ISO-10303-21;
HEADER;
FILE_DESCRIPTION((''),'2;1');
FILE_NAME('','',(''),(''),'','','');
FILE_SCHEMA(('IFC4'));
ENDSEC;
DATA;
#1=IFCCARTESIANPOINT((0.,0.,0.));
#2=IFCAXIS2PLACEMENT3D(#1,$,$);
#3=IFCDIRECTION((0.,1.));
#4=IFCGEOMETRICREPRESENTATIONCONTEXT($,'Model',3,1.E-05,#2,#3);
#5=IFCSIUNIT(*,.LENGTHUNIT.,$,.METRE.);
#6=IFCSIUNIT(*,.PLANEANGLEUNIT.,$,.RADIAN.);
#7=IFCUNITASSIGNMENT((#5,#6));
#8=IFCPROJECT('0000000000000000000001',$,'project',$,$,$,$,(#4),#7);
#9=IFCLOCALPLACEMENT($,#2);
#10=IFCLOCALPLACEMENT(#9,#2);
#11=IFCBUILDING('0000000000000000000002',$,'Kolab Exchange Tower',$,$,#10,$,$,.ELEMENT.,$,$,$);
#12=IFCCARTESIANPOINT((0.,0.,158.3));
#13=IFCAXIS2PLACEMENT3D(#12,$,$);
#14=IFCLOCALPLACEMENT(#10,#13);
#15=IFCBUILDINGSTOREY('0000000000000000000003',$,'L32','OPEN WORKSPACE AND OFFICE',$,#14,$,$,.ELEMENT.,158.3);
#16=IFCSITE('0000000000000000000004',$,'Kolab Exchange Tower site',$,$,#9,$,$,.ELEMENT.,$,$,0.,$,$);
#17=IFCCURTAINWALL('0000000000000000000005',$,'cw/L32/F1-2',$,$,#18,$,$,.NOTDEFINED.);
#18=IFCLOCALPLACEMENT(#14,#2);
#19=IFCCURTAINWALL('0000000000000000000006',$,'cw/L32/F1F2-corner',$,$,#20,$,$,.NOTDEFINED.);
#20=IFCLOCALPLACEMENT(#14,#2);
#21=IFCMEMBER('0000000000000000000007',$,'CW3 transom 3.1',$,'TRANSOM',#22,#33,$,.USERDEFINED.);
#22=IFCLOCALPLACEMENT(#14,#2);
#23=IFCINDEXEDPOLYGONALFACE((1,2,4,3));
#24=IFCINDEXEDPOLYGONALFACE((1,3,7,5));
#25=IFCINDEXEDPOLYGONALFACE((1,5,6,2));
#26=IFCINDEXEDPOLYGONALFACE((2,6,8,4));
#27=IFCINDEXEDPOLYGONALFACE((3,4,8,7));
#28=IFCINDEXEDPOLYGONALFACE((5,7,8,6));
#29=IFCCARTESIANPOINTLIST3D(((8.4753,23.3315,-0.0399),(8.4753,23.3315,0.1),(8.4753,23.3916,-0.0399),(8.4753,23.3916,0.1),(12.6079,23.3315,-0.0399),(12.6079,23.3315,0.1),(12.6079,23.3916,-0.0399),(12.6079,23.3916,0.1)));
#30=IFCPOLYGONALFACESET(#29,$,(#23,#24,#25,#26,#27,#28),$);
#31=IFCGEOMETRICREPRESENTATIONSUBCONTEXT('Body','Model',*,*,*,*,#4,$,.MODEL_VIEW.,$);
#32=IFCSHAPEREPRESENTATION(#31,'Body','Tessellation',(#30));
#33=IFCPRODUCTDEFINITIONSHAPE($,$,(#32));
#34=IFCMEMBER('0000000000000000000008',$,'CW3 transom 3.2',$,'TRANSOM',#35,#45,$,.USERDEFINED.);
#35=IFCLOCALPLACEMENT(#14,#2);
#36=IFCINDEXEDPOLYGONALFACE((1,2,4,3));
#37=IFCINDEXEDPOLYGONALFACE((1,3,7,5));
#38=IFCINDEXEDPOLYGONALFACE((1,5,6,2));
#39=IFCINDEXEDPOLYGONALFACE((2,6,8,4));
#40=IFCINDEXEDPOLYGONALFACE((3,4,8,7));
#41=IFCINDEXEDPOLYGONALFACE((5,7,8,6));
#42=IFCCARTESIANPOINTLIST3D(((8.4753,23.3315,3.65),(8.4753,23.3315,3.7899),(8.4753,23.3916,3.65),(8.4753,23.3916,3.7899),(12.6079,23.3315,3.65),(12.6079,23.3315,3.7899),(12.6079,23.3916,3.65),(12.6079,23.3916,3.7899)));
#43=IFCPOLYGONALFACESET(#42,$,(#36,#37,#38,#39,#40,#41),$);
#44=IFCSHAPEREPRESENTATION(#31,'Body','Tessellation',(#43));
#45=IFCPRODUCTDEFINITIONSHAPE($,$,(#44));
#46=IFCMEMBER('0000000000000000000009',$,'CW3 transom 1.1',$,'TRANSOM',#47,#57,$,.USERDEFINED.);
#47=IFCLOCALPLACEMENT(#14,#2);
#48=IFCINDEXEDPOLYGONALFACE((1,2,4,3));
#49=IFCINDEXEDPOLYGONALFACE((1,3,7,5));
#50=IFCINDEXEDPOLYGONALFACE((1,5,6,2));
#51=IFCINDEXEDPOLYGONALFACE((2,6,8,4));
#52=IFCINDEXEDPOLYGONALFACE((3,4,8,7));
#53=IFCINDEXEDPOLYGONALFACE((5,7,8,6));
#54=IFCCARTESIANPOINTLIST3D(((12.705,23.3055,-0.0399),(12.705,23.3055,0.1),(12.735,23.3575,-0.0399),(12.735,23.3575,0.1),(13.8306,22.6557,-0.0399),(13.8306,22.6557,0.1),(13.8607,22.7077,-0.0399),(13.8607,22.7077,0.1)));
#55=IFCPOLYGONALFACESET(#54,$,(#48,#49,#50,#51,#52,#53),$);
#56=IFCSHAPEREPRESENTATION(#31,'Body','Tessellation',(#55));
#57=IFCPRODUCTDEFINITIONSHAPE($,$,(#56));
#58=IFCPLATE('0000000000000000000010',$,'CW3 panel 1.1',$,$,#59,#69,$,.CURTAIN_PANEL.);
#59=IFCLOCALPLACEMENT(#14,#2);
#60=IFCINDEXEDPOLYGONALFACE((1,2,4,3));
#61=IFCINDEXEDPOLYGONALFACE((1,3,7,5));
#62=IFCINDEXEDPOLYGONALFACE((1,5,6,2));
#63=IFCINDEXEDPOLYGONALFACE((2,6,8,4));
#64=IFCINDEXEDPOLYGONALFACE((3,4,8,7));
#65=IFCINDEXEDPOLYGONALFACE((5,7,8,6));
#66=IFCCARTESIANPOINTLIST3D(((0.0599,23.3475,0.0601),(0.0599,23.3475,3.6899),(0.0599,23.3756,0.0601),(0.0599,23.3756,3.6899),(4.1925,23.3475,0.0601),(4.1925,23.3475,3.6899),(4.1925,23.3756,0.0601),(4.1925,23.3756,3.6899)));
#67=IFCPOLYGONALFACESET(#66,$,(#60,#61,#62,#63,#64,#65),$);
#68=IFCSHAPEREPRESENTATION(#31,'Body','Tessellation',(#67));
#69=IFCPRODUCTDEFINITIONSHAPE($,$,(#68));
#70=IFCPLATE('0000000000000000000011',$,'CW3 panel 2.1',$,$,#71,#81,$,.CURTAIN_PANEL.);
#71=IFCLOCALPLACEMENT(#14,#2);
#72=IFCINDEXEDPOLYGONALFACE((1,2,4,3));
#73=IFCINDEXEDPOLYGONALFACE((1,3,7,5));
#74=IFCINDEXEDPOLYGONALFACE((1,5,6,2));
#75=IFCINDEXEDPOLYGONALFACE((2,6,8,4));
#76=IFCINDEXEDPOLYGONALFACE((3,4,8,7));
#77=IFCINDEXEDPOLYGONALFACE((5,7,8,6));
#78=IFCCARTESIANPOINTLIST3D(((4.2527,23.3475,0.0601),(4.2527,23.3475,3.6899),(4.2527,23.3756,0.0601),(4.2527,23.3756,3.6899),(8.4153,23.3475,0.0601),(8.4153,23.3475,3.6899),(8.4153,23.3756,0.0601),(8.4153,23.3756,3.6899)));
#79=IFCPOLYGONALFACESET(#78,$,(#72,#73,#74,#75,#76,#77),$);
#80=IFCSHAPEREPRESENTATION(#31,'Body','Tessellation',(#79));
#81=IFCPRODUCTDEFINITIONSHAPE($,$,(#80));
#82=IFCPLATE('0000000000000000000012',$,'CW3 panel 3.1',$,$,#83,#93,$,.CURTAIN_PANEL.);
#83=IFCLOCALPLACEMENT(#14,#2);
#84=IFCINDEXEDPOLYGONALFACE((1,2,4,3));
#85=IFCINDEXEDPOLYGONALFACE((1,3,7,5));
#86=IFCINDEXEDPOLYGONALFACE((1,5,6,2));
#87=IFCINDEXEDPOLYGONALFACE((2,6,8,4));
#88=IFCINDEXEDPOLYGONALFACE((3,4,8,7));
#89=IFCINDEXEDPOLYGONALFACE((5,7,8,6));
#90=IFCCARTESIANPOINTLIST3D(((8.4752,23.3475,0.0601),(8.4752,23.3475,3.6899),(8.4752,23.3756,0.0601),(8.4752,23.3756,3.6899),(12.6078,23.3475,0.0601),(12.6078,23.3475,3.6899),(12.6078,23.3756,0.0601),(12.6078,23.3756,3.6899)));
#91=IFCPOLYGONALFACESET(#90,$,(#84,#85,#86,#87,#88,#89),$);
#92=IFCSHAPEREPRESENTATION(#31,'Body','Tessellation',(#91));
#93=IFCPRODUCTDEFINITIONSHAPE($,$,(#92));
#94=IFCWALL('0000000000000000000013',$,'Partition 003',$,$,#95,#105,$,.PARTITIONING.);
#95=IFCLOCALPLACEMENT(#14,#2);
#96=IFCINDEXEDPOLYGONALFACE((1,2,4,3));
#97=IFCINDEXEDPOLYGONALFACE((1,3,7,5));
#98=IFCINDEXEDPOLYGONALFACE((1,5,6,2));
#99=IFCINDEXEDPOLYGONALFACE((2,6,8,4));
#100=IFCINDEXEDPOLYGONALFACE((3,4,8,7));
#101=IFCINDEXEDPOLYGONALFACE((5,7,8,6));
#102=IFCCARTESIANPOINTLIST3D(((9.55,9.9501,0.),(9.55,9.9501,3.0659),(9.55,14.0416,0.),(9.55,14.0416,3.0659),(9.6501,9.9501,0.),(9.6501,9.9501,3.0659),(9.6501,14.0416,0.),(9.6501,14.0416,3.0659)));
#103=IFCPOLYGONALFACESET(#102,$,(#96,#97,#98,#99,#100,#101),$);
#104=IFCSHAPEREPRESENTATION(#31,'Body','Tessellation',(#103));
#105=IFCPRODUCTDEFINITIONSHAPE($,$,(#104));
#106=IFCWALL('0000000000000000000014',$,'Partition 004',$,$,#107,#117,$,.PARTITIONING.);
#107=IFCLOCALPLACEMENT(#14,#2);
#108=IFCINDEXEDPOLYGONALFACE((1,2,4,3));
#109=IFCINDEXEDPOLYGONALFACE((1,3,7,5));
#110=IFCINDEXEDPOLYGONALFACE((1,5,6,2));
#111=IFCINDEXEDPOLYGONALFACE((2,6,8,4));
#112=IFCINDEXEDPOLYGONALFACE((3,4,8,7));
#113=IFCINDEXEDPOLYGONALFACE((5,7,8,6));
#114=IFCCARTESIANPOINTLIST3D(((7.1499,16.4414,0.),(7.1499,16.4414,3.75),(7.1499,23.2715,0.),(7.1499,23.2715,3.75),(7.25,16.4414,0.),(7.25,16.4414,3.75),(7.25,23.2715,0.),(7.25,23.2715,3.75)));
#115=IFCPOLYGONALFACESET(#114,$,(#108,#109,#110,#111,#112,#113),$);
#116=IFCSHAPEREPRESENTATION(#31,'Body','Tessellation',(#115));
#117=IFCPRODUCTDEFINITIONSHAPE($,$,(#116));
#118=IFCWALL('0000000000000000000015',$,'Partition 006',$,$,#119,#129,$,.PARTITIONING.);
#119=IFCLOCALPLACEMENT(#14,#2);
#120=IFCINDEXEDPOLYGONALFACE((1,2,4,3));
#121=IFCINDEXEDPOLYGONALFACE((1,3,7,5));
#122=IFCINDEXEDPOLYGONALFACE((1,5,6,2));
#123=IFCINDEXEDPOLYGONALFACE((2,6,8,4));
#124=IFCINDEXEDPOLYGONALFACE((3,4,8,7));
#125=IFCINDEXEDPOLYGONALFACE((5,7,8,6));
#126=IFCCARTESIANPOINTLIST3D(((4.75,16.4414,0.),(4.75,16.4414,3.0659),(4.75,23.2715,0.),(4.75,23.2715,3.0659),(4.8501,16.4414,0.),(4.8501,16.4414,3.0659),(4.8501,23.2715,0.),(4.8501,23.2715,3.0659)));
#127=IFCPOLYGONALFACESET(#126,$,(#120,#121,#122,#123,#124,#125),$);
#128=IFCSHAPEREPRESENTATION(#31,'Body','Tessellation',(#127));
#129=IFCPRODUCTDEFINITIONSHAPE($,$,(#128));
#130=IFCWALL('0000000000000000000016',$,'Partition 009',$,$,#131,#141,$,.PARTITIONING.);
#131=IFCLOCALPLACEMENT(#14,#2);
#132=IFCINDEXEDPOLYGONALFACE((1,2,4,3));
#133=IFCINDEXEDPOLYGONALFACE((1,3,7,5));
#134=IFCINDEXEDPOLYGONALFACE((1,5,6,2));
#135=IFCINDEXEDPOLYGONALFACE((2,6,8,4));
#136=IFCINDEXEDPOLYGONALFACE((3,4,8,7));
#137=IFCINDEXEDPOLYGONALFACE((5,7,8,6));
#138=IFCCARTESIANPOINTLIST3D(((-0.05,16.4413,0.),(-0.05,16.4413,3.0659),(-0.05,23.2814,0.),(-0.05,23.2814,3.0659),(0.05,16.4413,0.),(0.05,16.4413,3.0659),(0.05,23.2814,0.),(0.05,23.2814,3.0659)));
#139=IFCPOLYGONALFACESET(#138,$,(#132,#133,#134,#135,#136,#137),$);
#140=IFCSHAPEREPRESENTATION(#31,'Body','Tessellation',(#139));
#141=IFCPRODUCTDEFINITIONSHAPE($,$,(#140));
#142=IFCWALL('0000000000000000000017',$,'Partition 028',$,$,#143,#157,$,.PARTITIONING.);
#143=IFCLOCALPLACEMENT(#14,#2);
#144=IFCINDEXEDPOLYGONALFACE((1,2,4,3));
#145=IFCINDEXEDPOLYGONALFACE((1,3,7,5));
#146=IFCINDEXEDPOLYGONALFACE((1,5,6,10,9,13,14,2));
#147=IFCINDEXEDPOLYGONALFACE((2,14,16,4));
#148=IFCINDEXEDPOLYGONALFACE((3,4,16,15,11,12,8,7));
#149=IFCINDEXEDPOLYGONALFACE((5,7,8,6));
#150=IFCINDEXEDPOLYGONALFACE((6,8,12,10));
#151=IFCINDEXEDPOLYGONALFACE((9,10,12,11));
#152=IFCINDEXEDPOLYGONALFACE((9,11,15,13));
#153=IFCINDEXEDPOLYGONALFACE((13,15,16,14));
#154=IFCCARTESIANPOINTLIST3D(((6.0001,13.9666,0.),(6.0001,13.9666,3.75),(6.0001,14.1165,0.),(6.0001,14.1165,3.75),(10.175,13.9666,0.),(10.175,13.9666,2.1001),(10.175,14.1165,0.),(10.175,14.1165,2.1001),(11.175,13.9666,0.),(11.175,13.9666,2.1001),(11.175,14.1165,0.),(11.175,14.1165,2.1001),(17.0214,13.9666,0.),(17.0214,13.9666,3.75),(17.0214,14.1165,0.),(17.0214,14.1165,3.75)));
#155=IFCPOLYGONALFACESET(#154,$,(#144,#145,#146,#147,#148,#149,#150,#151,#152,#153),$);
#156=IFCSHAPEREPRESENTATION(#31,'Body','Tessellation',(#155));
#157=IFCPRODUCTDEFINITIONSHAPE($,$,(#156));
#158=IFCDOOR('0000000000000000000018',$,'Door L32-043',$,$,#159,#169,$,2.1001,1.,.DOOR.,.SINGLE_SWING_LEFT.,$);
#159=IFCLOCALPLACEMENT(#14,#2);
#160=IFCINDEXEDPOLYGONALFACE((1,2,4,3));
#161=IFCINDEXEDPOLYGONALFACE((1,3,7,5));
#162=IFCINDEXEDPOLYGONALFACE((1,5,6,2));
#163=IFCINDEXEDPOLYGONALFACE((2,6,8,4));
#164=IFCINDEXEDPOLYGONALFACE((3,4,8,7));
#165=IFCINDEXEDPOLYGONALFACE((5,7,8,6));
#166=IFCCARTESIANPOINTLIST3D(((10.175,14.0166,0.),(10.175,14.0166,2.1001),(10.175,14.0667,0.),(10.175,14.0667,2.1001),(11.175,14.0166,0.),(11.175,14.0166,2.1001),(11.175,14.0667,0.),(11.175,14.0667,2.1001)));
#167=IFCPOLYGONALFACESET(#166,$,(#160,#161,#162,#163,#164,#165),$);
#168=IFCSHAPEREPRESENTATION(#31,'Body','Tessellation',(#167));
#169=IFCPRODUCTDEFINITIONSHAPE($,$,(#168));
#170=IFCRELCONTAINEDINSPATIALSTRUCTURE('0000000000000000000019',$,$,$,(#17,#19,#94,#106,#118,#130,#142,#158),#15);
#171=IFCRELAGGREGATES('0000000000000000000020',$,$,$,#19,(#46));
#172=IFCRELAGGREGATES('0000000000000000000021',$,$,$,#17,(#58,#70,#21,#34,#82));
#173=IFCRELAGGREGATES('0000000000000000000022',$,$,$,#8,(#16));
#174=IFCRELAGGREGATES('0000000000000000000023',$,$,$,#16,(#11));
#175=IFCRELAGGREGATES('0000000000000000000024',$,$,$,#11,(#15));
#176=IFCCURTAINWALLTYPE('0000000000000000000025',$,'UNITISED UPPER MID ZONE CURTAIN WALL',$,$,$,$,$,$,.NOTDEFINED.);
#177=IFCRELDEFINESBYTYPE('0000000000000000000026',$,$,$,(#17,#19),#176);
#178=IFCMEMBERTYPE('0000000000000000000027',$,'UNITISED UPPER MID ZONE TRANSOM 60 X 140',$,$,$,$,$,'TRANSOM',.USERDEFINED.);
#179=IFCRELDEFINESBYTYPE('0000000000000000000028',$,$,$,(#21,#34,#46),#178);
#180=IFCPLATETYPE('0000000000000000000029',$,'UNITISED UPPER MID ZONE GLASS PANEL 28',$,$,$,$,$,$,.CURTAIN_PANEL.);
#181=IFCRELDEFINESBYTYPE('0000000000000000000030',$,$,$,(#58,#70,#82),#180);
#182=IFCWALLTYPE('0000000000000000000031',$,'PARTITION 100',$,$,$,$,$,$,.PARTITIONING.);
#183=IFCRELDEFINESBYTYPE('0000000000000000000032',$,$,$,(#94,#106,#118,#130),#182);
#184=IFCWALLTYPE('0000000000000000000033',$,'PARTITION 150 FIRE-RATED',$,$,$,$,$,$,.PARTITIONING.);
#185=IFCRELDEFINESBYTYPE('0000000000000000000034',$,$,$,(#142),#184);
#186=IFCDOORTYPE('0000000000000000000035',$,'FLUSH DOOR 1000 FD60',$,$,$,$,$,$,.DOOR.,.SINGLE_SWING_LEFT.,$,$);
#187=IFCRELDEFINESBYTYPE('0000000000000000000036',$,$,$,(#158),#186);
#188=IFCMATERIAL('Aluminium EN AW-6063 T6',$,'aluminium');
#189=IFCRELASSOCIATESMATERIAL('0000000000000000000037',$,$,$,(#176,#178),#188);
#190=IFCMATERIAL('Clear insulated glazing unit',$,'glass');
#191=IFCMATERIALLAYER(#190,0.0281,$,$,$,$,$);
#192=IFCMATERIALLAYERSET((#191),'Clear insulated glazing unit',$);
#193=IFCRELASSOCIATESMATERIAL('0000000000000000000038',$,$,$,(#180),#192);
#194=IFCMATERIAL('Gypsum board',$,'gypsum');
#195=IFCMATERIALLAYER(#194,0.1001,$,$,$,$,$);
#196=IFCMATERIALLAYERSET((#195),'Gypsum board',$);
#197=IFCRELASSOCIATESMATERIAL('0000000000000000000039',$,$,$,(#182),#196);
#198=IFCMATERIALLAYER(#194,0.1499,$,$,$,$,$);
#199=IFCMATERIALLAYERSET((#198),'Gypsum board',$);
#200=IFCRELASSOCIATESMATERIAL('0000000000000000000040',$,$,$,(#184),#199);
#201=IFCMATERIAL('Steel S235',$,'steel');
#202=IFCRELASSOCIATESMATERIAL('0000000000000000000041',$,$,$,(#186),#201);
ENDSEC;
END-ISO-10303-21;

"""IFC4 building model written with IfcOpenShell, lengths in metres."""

from ifc_helpers import new_model, si_unit, direction, frame, frame_2d, origin, origin_2d, place, context, subcontext, project, spatial, rectangle, extrude, material, layer, layer_set, material_profile, profile_set, type_object, element, fill, aggregate, save


model = new_model("IFC4")

# Units and contexts
model_context = context("Model", 3, precision=1e-05, world=origin(), true_north=direction((0.0, 1.0)))
body_context = subcontext(model_context, "Body", "Model", "MODEL_VIEW")
ifc_project = project(units=[si_unit("LENGTHUNIT", "METRE"), si_unit("PLANEANGLEUNIT", "RADIAN")], contexts=[model_context])

# Site, building, storey
site_placement = place(None, origin())
site = spatial("IfcSite", under=ifc_project, at=site_placement, Name="Kolab Exchange Tower site", CompositionType="ELEMENT", RefElevation=0.0)
building_placement = place(site_placement, origin())
building = spatial("IfcBuilding", under=site, at=building_placement, Name="Kolab Exchange Tower", CompositionType="ELEMENT")
storey_placement = place(building_placement, frame((0.0, 0.0, 158.3)))
storey = spatial("IfcBuildingStorey", under=building, at=storey_placement, Name="L32", Description="OPEN WORKSPACE AND OFFICE", CompositionType="ELEMENT", Elevation=158.3)

# Curtain wall
ifc_material_1 = material(Name="Aluminium EN AW-6063 T6", Category="aluminium")
curtain_wall_type = type_object("IfcCurtainWallType", Name="UNITISED UPPER MID ZONE CURTAIN WALL", PredefinedType="NOTDEFINED", material=ifc_material_1)
curtain_wall_1_placement = place(storey_placement, origin())
curtain_wall_1 = element("IfcCurtainWall", 1, at=curtain_wall_1_placement, inside=storey, type_object=curtain_wall_type, Name="cw/L32/F1-2", PredefinedType="NOTDEFINED")

# Curtain wall
curtain_wall_2_placement = place(storey_placement, origin())
curtain_wall_2 = element("IfcCurtainWall", 2, at=curtain_wall_2_placement, inside=storey, type_object=curtain_wall_type, Name="cw/L32/F1F2-corner", PredefinedType="NOTDEFINED")

# Members
ifc_material_profile_1 = material_profile(ifc_material_1, rectangle(XDim=0.0601, YDim=0.1399, at=origin_2d()), Name="RECT 60X140")
ifc_profile_set_1 = profile_set([ifc_material_profile_1], Name="Aluminium EN AW-6063 T6")
member_type_1 = type_object("IfcMemberType", Name="UNITISED UPPER MID ZONE TRANSOM 60 X 140", ElementType="TRANSOM", PredefinedType="USERDEFINED", material=ifc_profile_set_1)
member_1_placement = place(storey_placement, frame((8.4753, 23.3616, 0.03), z_axis=(1.0, 0.0, 0.0), x_axis=(0.0, 1.0, 0.0)))
member_1 = element("IfcMember", 3, at=member_1_placement, type_object=member_type_1, Name="CW3 transom 3.1", ObjectType="TRANSOM", PredefinedType="USERDEFINED", context=body_context, shape_type="SweptSolid", body=[
    extrude(rectangle(XDim=0.0601, YDim=0.1399, at=origin_2d()), origin(), (0.0, 0.0, 1.0), 4.1326),
])
member_2_placement = place(storey_placement, frame((8.4753, 23.3616, 3.72), z_axis=(1.0, 0.0, 0.0), x_axis=(0.0, 1.0, 0.0)))
member_2 = element("IfcMember", 4, at=member_2_placement, type_object=member_type_1, Name="CW3 transom 3.2", ObjectType="TRANSOM", PredefinedType="USERDEFINED", context=body_context, shape_type="SweptSolid", body=[
    extrude(rectangle(XDim=0.0601, YDim=0.1399, at=origin_2d()), origin(), (0.0, 0.0, 1.0), 4.1326),
])
member_3_placement = place(storey_placement, frame((12.72, 23.3315, 0.03), z_axis=(0.866039, -0.499977, 0.0), x_axis=(0.499977, 0.866039, 0.0)))
member_3 = element("IfcMember", 5, at=member_3_placement, type_object=member_type_1, Name="CW3 transom 1.1", ObjectType="TRANSOM", PredefinedType="USERDEFINED", context=body_context, shape_type="SweptSolid", body=[
    extrude(rectangle(XDim=0.0601, YDim=0.1399, at=origin_2d()), origin(), (0.0, 0.0, 1.0), 1.2998),
])
aggregate(curtain_wall_2, [member_3])

# Plates
ifc_material_2 = material(Name="Clear insulated glazing unit", Category="glass")
ifc_layer_1 = layer(ifc_material_2, 0.0281)
ifc_layer_set_1 = layer_set([ifc_layer_1], Name="Clear insulated glazing unit")
plate_type = type_object("IfcPlateType", Name="UNITISED UPPER MID ZONE GLASS PANEL 28", PredefinedType="CURTAIN_PANEL", material=ifc_layer_set_1)
plate_1_placement = place(storey_placement, frame((2.1262, 23.3616, 0.0601), z_axis=(0.0, 0.0, 1.0), x_axis=(1.0, 0.0, 0.0)))
plate_1 = element("IfcPlate", 6, at=plate_1_placement, type_object=plate_type, Name="CW3 panel 1.1", PredefinedType="CURTAIN_PANEL", context=body_context, shape_type="SweptSolid", body=[
    extrude(rectangle(XDim=4.1326, YDim=0.0281, at=origin_2d()), origin(), (0.0, 0.0, 1.0), 3.6299),
])
plate_2_placement = place(storey_placement, frame((6.334, 23.3616, 0.0601), z_axis=(0.0, 0.0, 1.0), x_axis=(1.0, 0.0, 0.0)))
plate_2 = element("IfcPlate", 7, at=plate_2_placement, type_object=plate_type, Name="CW3 panel 2.1", PredefinedType="CURTAIN_PANEL", context=body_context, shape_type="SweptSolid", body=[
    extrude(rectangle(XDim=4.1626, YDim=0.0281, at=origin_2d()), origin(), (0.0, 0.0, 1.0), 3.6299),
])
plate_3_placement = place(storey_placement, frame((10.5415, 23.3616, 0.0601), z_axis=(0.0, 0.0, 1.0), x_axis=(1.0, 0.0, 0.0)))
plate_3 = element("IfcPlate", 8, at=plate_3_placement, type_object=plate_type, Name="CW3 panel 3.1", PredefinedType="CURTAIN_PANEL", context=body_context, shape_type="SweptSolid", body=[
    extrude(rectangle(XDim=4.1326, YDim=0.0281, at=origin_2d()), origin(), (0.0, 0.0, 1.0), 3.6299),
])
aggregate(curtain_wall_1, [plate_1, plate_2, member_1, member_2, plate_3])

# Walls
ifc_material_3 = material(Name="Gypsum board", Category="gypsum")
ifc_layer_2 = layer(ifc_material_3, 0.1001)
ifc_layer_set_2 = layer_set([ifc_layer_2], Name="Gypsum board")
wall_type_1 = type_object("IfcWallType", Name="PARTITION 100", PredefinedType="PARTITIONING", material=ifc_layer_set_2)
wall_1_placement = place(storey_placement, frame((9.6001, 9.95, 0.0), z_axis=(0.0, 0.0, 1.0), x_axis=(0.0, 1.0, 0.0)))
element("IfcWall", 9, at=wall_1_placement, inside=storey, type_object=wall_type_1, Name="Partition 003", PredefinedType="PARTITIONING", context=body_context, shape_type="SweptSolid", body=[
    extrude(rectangle(XDim=4.0916, YDim=0.1001, at=frame_2d((2.0459, 0.0))), origin(), (0.0, 0.0, 1.0), 3.0659),
])
wall_2_placement = place(storey_placement, frame((7.2, 16.4414, 0.0), z_axis=(0.0, 0.0, 1.0), x_axis=(0.0, 1.0, 0.0)))
element("IfcWall", 10, at=wall_2_placement, inside=storey, type_object=wall_type_1, Name="Partition 004", PredefinedType="PARTITIONING", context=body_context, shape_type="SweptSolid", body=[
    extrude(rectangle(XDim=6.8301, YDim=0.1001, at=frame_2d((3.415, 0.0))), origin(), (0.0, 0.0, 1.0), 3.75),
])
wall_3_placement = place(storey_placement, frame((4.8, 16.4414, 0.0), z_axis=(0.0, 0.0, 1.0), x_axis=(0.0, 1.0, 0.0)))
element("IfcWall", 11, at=wall_3_placement, inside=storey, type_object=wall_type_1, Name="Partition 006", PredefinedType="PARTITIONING", context=body_context, shape_type="SweptSolid", body=[
    extrude(rectangle(XDim=6.8301, YDim=0.1001, at=frame_2d((3.415, 0.0))), origin(), (0.0, 0.0, 1.0), 3.0659),
])
wall_4_placement = place(storey_placement, frame((0.0, 16.4414, 0.0), z_axis=(0.0, 0.0, 1.0), x_axis=(0.0, 1.0, 0.0)))
element("IfcWall", 12, at=wall_4_placement, inside=storey, type_object=wall_type_1, Name="Partition 009", PredefinedType="PARTITIONING", context=body_context, shape_type="SweptSolid", body=[
    extrude(rectangle(XDim=6.8401, YDim=0.1001, at=frame_2d((3.4199, 0.0))), origin(), (0.0, 0.0, 1.0), 3.0659),
])

# Wall, opening, door
ifc_layer_3 = layer(ifc_material_3, 0.1499)
ifc_layer_set_3 = layer_set([ifc_layer_3], Name="Gypsum board")
wall_type_2 = type_object("IfcWallType", Name="PARTITION 150 FIRE-RATED", PredefinedType="PARTITIONING", material=ifc_layer_set_3)
wall_5_placement = place(storey_placement, frame((6.0, 14.0415, 0.0), z_axis=(0.0, 0.0, 1.0), x_axis=(1.0, 0.0, 0.0)))
wall_5 = element("IfcWall", 13, at=wall_5_placement, inside=storey, type_object=wall_type_2, Name="Partition 028", PredefinedType="PARTITIONING", context=body_context, shape_type="SweptSolid", body=[
    extrude(rectangle(XDim=11.0212, YDim=0.1499, at=frame_2d((5.5107, 0.0))), origin(), (0.0, 0.0, 1.0), 3.75),
])
opening_placement = place(wall_5_placement, frame((4.175, 0.0, 0.0)))
opening = element("IfcOpeningElement", 14, at=opening_placement, cuts=wall_5, PredefinedType="OPENING", context=body_context, shape_type="SweptSolid", body=[
    extrude(rectangle(XDim=1.0, YDim=2.1001, at=frame_2d((0.5, 1.05))), frame((0.0, 0.085, 0.0), z_axis=(0.0, -1.0, 0.0), x_axis=(1.0, 0.0, 0.0)), (0.0, 0.0, 1.0), 0.1699),
])
ifc_material_4 = material(Name="Steel S235", Category="steel")
door_type = type_object("IfcDoorType", Name="FLUSH DOOR 1000 FD60", OperationType="SINGLE_SWING_LEFT", PredefinedType="DOOR", material=ifc_material_4)
door_placement = place(opening_placement, frame((1.0, 0.0, 0.0), z_axis=(0.0, 0.0, 1.0), x_axis=(-1.0, 0.0, 0.0)))
door = element("IfcDoor", 15, at=door_placement, inside=storey, type_object=door_type, Name="Door L32-043", OperationType="SINGLE_SWING_LEFT", OverallHeight=2.1001, OverallWidth=1.0, PredefinedType="DOOR", context=body_context, shape_type="SweptSolid", body=[
    extrude(rectangle(XDim=1.0, YDim=2.1001, at=frame_2d((0.5, 1.05))), frame((0.0, 0.0249, 0.0), z_axis=(0.0, -1.0, 0.0), x_axis=(1.0, 0.0, 0.0)), (0.0, 0.0, 1.0), 0.05),
])
fill(opening, door)

save(model, "model.ifc")
